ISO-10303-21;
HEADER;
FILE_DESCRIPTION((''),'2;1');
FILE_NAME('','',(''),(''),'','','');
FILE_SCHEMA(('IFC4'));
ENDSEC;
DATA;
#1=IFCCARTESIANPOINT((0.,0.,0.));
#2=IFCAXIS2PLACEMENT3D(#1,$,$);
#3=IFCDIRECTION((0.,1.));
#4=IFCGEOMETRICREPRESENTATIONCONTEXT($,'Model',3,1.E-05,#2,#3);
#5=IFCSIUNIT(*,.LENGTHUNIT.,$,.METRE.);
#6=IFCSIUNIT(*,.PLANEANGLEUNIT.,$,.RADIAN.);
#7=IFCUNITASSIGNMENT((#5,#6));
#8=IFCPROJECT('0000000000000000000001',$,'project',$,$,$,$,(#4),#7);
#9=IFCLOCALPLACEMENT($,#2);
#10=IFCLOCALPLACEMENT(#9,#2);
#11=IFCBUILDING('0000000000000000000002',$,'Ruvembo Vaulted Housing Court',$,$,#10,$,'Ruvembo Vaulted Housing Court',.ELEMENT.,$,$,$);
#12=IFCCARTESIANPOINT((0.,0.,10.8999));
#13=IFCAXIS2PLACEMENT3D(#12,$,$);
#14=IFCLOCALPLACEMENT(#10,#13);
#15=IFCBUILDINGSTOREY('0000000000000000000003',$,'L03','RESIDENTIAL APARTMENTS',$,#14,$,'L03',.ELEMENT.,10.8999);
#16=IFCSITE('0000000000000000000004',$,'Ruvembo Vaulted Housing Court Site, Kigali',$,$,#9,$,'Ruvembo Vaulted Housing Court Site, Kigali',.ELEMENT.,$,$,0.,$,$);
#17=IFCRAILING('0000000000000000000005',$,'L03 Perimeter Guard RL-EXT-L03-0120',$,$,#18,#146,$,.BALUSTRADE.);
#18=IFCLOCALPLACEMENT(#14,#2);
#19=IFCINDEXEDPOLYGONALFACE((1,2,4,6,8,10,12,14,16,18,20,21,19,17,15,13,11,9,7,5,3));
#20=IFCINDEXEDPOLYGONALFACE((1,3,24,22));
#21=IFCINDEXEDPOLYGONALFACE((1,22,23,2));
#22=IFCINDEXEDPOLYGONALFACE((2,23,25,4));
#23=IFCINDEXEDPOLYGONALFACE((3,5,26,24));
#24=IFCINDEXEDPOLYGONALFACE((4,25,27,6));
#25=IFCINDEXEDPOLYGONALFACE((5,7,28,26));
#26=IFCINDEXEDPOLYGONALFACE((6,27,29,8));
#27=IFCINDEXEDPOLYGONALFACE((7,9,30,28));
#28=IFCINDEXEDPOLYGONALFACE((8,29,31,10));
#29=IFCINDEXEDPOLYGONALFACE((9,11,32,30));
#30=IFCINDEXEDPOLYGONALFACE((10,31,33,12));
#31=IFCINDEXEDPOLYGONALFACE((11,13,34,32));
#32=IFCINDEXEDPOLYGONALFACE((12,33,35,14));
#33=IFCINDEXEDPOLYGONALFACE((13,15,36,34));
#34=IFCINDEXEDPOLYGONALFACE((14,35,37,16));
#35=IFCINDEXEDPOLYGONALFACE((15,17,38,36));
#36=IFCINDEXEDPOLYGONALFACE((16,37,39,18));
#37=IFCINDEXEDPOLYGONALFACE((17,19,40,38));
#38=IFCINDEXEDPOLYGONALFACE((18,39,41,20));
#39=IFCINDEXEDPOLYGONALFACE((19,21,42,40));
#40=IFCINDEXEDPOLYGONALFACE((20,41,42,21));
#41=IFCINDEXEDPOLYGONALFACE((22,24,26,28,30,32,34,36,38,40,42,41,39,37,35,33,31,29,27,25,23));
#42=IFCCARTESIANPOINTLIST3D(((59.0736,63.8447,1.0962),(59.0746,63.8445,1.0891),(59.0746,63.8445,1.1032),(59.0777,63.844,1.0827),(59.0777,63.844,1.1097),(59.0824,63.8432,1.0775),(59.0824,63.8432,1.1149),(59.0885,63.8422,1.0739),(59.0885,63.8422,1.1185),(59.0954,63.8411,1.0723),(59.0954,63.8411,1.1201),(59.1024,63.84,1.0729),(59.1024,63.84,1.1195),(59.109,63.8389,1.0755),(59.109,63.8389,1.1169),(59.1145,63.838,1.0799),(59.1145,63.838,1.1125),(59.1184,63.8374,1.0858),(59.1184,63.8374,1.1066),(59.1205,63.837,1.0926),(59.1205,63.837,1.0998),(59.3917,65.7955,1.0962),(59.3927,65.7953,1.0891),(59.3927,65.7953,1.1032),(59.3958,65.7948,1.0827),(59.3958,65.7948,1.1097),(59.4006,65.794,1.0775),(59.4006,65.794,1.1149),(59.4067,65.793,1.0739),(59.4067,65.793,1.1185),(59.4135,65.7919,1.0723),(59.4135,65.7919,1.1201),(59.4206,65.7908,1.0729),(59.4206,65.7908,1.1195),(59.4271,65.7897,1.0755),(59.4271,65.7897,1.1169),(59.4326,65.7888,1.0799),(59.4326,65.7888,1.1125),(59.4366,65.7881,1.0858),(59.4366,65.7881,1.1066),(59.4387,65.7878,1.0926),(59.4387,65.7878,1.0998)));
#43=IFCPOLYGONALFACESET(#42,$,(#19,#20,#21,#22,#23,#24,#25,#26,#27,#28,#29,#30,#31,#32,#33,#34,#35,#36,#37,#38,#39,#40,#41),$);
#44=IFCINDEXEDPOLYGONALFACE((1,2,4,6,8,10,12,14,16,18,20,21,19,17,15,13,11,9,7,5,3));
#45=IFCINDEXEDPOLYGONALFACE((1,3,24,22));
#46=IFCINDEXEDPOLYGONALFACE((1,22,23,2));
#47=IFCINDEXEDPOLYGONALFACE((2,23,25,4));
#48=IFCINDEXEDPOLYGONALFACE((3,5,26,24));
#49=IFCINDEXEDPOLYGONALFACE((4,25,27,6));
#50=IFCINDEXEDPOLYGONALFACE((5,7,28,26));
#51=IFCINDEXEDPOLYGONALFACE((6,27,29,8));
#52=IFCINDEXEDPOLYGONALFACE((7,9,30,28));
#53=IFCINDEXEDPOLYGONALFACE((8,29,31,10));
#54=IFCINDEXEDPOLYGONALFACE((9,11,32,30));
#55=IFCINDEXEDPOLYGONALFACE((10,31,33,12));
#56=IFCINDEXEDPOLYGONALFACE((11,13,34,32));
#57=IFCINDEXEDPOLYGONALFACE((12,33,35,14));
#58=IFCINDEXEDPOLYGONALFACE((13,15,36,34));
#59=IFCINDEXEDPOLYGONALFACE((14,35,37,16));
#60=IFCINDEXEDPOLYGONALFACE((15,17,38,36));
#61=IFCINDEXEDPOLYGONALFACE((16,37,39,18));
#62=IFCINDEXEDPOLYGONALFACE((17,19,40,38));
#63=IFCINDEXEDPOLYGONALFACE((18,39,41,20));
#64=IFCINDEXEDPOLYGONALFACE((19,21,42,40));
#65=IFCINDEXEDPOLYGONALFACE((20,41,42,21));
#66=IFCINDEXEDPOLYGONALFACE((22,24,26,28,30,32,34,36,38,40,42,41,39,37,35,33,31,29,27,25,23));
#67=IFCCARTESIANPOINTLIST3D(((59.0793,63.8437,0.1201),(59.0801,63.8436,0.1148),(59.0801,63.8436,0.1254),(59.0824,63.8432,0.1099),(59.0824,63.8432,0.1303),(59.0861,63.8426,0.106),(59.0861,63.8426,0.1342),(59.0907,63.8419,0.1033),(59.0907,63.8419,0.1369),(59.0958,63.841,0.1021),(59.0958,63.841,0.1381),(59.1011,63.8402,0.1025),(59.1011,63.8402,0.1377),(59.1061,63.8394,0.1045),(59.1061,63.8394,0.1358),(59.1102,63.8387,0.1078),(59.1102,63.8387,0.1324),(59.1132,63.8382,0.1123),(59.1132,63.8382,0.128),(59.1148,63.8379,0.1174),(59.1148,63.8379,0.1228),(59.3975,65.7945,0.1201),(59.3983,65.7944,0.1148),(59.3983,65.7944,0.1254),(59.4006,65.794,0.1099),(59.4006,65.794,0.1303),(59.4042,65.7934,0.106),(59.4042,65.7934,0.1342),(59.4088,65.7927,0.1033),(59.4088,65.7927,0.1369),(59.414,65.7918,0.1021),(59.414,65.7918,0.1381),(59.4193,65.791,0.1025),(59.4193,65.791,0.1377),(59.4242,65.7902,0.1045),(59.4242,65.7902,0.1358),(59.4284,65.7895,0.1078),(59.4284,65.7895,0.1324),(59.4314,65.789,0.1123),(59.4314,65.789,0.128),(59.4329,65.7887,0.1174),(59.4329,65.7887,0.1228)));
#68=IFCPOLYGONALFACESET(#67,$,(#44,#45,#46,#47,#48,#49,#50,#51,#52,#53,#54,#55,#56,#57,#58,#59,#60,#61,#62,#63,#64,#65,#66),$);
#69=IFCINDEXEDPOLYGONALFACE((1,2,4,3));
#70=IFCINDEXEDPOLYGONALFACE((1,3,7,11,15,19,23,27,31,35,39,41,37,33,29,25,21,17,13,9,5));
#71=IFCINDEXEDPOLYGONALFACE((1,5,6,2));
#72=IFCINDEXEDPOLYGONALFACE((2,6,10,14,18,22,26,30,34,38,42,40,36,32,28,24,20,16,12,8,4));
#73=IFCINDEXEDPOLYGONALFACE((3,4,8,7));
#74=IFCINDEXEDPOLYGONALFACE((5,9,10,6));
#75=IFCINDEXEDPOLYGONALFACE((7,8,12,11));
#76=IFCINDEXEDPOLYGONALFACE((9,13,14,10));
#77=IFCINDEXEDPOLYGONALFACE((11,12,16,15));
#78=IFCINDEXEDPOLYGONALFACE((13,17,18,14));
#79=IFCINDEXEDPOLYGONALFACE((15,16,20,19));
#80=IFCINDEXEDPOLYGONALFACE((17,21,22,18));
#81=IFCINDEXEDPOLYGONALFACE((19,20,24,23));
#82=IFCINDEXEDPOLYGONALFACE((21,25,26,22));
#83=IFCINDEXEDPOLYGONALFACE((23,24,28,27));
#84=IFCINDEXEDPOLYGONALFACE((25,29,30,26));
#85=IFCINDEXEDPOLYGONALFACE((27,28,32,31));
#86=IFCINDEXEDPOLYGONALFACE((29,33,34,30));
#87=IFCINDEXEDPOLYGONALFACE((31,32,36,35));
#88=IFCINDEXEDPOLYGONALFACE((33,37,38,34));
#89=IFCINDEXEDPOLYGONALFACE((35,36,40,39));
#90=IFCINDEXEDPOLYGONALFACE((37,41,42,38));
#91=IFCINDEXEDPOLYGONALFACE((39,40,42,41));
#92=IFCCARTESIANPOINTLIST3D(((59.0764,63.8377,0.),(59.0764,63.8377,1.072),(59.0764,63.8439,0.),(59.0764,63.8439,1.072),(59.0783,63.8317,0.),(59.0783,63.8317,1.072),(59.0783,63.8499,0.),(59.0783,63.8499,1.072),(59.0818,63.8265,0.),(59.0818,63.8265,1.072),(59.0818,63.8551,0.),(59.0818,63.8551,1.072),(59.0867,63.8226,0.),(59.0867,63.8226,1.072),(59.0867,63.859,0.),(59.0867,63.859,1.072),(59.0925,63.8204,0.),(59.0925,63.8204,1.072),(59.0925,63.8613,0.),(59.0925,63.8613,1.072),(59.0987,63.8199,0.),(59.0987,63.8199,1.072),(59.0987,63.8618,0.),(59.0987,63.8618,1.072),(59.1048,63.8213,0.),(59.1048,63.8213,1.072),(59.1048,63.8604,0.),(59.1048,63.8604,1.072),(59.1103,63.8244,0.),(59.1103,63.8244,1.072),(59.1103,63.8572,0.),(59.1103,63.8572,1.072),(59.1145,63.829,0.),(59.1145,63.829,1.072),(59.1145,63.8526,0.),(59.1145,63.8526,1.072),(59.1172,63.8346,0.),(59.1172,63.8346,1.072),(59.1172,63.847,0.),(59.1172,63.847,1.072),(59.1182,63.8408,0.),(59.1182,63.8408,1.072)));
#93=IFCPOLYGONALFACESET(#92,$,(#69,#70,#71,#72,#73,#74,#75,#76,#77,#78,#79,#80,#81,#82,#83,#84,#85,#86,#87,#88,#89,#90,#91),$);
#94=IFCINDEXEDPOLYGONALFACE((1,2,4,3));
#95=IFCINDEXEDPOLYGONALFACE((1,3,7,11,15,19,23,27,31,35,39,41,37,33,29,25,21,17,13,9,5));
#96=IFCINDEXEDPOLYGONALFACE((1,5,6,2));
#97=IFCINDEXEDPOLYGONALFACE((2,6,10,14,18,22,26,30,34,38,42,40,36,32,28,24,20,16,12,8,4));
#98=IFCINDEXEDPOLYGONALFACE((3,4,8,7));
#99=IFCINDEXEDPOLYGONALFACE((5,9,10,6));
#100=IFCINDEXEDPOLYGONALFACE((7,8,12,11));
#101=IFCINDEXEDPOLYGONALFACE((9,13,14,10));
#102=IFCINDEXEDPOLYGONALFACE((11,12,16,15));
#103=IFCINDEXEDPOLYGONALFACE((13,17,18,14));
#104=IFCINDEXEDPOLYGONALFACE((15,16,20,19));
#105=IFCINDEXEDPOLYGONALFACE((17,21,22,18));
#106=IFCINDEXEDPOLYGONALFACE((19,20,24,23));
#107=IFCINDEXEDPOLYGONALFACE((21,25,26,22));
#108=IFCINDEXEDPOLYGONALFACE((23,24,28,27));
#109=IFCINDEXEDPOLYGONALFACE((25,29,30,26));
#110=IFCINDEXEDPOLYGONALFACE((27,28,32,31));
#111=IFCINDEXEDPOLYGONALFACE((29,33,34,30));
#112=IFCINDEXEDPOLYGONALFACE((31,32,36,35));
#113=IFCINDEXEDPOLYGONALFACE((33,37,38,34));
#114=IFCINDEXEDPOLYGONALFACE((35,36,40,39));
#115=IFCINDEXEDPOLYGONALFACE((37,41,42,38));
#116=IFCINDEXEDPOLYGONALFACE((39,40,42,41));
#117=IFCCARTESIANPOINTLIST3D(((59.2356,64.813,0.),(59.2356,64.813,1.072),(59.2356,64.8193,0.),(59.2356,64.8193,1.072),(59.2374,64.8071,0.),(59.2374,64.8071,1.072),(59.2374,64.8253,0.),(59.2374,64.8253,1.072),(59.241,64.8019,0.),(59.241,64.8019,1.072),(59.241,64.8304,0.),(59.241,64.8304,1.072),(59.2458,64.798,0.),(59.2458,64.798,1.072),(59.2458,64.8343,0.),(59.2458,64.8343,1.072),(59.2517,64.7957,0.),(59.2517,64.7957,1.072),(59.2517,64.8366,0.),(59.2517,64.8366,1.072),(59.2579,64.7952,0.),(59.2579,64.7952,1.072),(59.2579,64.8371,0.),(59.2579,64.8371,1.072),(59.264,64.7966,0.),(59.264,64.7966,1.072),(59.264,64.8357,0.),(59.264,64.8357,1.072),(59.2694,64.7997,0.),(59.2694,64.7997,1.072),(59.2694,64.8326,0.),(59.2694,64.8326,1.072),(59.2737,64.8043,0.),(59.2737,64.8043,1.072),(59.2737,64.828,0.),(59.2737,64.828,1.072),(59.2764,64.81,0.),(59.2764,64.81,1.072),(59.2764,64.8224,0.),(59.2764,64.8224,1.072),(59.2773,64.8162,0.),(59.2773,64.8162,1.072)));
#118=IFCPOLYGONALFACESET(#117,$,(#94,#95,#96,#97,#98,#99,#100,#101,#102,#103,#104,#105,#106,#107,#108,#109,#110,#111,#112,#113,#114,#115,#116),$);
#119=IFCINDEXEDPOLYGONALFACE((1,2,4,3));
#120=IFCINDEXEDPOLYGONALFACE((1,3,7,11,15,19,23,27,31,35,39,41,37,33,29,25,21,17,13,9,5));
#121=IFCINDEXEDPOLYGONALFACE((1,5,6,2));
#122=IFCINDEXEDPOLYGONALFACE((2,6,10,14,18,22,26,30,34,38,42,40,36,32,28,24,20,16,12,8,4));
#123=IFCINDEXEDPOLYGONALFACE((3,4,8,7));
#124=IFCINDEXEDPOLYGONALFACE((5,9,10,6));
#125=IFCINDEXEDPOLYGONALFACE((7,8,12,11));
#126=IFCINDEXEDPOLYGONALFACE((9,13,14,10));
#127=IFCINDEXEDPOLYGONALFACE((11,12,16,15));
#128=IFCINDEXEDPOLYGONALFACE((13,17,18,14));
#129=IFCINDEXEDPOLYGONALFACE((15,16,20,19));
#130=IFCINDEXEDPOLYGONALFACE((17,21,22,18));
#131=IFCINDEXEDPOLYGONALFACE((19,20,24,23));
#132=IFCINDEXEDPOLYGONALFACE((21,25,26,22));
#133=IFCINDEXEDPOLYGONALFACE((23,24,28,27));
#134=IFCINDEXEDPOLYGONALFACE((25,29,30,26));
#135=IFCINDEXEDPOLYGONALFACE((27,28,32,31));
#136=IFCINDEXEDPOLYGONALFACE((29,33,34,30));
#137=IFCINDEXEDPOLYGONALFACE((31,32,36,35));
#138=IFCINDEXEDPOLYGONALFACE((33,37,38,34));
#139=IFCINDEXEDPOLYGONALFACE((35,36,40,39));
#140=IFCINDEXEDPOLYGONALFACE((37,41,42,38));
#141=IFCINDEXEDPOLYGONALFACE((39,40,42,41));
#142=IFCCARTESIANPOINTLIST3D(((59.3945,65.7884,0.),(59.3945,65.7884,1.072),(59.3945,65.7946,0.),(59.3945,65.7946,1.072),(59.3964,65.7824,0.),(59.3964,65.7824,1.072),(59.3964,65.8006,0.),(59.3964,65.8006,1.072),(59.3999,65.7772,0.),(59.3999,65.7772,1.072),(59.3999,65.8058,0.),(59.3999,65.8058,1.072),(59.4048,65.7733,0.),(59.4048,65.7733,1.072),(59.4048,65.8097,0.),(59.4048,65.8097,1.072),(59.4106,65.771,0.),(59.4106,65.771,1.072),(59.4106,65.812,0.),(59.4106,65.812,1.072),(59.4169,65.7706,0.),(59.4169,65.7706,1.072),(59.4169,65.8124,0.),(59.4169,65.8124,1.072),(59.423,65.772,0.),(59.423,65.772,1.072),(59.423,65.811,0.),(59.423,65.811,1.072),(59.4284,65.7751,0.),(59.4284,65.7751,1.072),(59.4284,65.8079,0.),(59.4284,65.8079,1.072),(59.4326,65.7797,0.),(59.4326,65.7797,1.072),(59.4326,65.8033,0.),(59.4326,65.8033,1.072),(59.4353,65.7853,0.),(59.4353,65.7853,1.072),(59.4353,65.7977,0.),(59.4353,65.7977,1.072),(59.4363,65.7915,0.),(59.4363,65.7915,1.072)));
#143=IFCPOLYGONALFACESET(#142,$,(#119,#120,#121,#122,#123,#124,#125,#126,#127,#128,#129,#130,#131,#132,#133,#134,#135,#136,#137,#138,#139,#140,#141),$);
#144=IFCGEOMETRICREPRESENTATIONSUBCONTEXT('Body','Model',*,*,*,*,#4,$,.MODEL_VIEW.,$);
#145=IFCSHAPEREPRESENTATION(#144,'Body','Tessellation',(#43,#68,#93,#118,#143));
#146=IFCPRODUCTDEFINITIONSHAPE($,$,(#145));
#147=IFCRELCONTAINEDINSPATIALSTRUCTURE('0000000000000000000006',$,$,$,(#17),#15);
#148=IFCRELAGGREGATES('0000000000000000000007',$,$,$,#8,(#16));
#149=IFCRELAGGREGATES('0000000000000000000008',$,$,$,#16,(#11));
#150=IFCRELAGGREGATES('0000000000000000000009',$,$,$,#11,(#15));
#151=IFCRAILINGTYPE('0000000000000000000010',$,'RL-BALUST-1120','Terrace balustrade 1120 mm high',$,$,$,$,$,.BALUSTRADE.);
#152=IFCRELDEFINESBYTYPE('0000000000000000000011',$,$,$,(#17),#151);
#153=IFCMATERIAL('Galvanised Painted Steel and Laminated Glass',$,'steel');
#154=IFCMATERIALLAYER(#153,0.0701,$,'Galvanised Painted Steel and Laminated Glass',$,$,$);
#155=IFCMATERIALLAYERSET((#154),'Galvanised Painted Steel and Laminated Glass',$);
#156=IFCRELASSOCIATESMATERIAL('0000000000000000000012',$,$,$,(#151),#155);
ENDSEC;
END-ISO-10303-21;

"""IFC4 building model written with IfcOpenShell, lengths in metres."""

from ifc_helpers import new_model, si_unit, direction, frame, origin, origin_2d, place, context, subcontext, project, spatial, circle, extrude, material, layer, layer_set, type_object, element, save


model = new_model("IFC4")

# Units and contexts
model_context = context("Model", 3, precision=1e-05, world=origin(), true_north=direction((0.0, 1.0)))
body_context = subcontext(model_context, "Body", "Model", "MODEL_VIEW")
ifc_project = project(units=[si_unit("LENGTHUNIT", "METRE"), si_unit("PLANEANGLEUNIT", "RADIAN")], contexts=[model_context])

# Site, building, storey
site_placement = place(None, origin())
site = spatial("IfcSite", under=ifc_project, at=site_placement, Name="Ruvembo Vaulted Housing Court Site, Kigali", LongName="Ruvembo Vaulted Housing Court Site, Kigali", CompositionType="ELEMENT", RefElevation=0.0)
building_placement = place(site_placement, origin())
building = spatial("IfcBuilding", under=site, at=building_placement, Name="Ruvembo Vaulted Housing Court", LongName="Ruvembo Vaulted Housing Court", CompositionType="ELEMENT")
storey_placement = place(building_placement, frame((0.0, 0.0, 10.8999)))
storey = spatial("IfcBuildingStorey", under=building, at=storey_placement, Name="L03", Description="RESIDENTIAL APARTMENTS", LongName="L03", CompositionType="ELEMENT", Elevation=10.8999)

# Railing
ifc_material_1 = material(Name="Galvanised Painted Steel and Laminated Glass", Category="steel")
ifc_layer_1 = layer(ifc_material_1, 0.0701, Name="Galvanised Painted Steel and Laminated Glass")
ifc_layer_set_1 = layer_set([ifc_layer_1], Name="Galvanised Painted Steel and Laminated Glass")
railing_type = type_object("IfcRailingType", Name="RL-BALUST-1120", Description="Terrace balustrade 1120 mm high", PredefinedType="BALUSTRADE", material=ifc_layer_set_1)
railing_1_placement = place(storey_placement, frame((59.0972, 63.8408, 0.0)))
element("IfcRailing", 1, at=railing_1_placement, inside=storey, type_object=railing_type, Name="L03 Perimeter Guard RL-EXT-L03-0120", PredefinedType="BALUSTRADE", context=body_context, shape_type="SweptSolid", body=[
    extrude(circle(Radius=0.0239, at=origin_2d()), frame((0.0, 0.0, 1.0962), z_axis=(0.160953, 0.986962, 0.0), x_axis=(-0.986962, 0.160953, 0.0)), (0.0, 0.0, 1.0), 1.9766),
    extrude(circle(Radius=0.0181, at=origin_2d()), frame((0.0, 0.0, 0.1201), z_axis=(0.160953, 0.986962, 0.0), x_axis=(-0.986962, 0.160953, 0.0)), (0.0, 0.0, 1.0), 1.9766),
    extrude(circle(Radius=0.021, at=origin_2d()), origin(), (0.0, 0.0, 1.0), 1.072),
    extrude(circle(Radius=0.021, at=origin_2d()), frame((0.1592, 0.9753, 0.0)), (0.0, 0.0, 1.0), 1.072),
    extrude(circle(Radius=0.021, at=origin_2d()), frame((0.3181, 1.9507, 0.0)), (0.0, 0.0, 1.0), 1.072),
])

save(model, "model.ifc")
